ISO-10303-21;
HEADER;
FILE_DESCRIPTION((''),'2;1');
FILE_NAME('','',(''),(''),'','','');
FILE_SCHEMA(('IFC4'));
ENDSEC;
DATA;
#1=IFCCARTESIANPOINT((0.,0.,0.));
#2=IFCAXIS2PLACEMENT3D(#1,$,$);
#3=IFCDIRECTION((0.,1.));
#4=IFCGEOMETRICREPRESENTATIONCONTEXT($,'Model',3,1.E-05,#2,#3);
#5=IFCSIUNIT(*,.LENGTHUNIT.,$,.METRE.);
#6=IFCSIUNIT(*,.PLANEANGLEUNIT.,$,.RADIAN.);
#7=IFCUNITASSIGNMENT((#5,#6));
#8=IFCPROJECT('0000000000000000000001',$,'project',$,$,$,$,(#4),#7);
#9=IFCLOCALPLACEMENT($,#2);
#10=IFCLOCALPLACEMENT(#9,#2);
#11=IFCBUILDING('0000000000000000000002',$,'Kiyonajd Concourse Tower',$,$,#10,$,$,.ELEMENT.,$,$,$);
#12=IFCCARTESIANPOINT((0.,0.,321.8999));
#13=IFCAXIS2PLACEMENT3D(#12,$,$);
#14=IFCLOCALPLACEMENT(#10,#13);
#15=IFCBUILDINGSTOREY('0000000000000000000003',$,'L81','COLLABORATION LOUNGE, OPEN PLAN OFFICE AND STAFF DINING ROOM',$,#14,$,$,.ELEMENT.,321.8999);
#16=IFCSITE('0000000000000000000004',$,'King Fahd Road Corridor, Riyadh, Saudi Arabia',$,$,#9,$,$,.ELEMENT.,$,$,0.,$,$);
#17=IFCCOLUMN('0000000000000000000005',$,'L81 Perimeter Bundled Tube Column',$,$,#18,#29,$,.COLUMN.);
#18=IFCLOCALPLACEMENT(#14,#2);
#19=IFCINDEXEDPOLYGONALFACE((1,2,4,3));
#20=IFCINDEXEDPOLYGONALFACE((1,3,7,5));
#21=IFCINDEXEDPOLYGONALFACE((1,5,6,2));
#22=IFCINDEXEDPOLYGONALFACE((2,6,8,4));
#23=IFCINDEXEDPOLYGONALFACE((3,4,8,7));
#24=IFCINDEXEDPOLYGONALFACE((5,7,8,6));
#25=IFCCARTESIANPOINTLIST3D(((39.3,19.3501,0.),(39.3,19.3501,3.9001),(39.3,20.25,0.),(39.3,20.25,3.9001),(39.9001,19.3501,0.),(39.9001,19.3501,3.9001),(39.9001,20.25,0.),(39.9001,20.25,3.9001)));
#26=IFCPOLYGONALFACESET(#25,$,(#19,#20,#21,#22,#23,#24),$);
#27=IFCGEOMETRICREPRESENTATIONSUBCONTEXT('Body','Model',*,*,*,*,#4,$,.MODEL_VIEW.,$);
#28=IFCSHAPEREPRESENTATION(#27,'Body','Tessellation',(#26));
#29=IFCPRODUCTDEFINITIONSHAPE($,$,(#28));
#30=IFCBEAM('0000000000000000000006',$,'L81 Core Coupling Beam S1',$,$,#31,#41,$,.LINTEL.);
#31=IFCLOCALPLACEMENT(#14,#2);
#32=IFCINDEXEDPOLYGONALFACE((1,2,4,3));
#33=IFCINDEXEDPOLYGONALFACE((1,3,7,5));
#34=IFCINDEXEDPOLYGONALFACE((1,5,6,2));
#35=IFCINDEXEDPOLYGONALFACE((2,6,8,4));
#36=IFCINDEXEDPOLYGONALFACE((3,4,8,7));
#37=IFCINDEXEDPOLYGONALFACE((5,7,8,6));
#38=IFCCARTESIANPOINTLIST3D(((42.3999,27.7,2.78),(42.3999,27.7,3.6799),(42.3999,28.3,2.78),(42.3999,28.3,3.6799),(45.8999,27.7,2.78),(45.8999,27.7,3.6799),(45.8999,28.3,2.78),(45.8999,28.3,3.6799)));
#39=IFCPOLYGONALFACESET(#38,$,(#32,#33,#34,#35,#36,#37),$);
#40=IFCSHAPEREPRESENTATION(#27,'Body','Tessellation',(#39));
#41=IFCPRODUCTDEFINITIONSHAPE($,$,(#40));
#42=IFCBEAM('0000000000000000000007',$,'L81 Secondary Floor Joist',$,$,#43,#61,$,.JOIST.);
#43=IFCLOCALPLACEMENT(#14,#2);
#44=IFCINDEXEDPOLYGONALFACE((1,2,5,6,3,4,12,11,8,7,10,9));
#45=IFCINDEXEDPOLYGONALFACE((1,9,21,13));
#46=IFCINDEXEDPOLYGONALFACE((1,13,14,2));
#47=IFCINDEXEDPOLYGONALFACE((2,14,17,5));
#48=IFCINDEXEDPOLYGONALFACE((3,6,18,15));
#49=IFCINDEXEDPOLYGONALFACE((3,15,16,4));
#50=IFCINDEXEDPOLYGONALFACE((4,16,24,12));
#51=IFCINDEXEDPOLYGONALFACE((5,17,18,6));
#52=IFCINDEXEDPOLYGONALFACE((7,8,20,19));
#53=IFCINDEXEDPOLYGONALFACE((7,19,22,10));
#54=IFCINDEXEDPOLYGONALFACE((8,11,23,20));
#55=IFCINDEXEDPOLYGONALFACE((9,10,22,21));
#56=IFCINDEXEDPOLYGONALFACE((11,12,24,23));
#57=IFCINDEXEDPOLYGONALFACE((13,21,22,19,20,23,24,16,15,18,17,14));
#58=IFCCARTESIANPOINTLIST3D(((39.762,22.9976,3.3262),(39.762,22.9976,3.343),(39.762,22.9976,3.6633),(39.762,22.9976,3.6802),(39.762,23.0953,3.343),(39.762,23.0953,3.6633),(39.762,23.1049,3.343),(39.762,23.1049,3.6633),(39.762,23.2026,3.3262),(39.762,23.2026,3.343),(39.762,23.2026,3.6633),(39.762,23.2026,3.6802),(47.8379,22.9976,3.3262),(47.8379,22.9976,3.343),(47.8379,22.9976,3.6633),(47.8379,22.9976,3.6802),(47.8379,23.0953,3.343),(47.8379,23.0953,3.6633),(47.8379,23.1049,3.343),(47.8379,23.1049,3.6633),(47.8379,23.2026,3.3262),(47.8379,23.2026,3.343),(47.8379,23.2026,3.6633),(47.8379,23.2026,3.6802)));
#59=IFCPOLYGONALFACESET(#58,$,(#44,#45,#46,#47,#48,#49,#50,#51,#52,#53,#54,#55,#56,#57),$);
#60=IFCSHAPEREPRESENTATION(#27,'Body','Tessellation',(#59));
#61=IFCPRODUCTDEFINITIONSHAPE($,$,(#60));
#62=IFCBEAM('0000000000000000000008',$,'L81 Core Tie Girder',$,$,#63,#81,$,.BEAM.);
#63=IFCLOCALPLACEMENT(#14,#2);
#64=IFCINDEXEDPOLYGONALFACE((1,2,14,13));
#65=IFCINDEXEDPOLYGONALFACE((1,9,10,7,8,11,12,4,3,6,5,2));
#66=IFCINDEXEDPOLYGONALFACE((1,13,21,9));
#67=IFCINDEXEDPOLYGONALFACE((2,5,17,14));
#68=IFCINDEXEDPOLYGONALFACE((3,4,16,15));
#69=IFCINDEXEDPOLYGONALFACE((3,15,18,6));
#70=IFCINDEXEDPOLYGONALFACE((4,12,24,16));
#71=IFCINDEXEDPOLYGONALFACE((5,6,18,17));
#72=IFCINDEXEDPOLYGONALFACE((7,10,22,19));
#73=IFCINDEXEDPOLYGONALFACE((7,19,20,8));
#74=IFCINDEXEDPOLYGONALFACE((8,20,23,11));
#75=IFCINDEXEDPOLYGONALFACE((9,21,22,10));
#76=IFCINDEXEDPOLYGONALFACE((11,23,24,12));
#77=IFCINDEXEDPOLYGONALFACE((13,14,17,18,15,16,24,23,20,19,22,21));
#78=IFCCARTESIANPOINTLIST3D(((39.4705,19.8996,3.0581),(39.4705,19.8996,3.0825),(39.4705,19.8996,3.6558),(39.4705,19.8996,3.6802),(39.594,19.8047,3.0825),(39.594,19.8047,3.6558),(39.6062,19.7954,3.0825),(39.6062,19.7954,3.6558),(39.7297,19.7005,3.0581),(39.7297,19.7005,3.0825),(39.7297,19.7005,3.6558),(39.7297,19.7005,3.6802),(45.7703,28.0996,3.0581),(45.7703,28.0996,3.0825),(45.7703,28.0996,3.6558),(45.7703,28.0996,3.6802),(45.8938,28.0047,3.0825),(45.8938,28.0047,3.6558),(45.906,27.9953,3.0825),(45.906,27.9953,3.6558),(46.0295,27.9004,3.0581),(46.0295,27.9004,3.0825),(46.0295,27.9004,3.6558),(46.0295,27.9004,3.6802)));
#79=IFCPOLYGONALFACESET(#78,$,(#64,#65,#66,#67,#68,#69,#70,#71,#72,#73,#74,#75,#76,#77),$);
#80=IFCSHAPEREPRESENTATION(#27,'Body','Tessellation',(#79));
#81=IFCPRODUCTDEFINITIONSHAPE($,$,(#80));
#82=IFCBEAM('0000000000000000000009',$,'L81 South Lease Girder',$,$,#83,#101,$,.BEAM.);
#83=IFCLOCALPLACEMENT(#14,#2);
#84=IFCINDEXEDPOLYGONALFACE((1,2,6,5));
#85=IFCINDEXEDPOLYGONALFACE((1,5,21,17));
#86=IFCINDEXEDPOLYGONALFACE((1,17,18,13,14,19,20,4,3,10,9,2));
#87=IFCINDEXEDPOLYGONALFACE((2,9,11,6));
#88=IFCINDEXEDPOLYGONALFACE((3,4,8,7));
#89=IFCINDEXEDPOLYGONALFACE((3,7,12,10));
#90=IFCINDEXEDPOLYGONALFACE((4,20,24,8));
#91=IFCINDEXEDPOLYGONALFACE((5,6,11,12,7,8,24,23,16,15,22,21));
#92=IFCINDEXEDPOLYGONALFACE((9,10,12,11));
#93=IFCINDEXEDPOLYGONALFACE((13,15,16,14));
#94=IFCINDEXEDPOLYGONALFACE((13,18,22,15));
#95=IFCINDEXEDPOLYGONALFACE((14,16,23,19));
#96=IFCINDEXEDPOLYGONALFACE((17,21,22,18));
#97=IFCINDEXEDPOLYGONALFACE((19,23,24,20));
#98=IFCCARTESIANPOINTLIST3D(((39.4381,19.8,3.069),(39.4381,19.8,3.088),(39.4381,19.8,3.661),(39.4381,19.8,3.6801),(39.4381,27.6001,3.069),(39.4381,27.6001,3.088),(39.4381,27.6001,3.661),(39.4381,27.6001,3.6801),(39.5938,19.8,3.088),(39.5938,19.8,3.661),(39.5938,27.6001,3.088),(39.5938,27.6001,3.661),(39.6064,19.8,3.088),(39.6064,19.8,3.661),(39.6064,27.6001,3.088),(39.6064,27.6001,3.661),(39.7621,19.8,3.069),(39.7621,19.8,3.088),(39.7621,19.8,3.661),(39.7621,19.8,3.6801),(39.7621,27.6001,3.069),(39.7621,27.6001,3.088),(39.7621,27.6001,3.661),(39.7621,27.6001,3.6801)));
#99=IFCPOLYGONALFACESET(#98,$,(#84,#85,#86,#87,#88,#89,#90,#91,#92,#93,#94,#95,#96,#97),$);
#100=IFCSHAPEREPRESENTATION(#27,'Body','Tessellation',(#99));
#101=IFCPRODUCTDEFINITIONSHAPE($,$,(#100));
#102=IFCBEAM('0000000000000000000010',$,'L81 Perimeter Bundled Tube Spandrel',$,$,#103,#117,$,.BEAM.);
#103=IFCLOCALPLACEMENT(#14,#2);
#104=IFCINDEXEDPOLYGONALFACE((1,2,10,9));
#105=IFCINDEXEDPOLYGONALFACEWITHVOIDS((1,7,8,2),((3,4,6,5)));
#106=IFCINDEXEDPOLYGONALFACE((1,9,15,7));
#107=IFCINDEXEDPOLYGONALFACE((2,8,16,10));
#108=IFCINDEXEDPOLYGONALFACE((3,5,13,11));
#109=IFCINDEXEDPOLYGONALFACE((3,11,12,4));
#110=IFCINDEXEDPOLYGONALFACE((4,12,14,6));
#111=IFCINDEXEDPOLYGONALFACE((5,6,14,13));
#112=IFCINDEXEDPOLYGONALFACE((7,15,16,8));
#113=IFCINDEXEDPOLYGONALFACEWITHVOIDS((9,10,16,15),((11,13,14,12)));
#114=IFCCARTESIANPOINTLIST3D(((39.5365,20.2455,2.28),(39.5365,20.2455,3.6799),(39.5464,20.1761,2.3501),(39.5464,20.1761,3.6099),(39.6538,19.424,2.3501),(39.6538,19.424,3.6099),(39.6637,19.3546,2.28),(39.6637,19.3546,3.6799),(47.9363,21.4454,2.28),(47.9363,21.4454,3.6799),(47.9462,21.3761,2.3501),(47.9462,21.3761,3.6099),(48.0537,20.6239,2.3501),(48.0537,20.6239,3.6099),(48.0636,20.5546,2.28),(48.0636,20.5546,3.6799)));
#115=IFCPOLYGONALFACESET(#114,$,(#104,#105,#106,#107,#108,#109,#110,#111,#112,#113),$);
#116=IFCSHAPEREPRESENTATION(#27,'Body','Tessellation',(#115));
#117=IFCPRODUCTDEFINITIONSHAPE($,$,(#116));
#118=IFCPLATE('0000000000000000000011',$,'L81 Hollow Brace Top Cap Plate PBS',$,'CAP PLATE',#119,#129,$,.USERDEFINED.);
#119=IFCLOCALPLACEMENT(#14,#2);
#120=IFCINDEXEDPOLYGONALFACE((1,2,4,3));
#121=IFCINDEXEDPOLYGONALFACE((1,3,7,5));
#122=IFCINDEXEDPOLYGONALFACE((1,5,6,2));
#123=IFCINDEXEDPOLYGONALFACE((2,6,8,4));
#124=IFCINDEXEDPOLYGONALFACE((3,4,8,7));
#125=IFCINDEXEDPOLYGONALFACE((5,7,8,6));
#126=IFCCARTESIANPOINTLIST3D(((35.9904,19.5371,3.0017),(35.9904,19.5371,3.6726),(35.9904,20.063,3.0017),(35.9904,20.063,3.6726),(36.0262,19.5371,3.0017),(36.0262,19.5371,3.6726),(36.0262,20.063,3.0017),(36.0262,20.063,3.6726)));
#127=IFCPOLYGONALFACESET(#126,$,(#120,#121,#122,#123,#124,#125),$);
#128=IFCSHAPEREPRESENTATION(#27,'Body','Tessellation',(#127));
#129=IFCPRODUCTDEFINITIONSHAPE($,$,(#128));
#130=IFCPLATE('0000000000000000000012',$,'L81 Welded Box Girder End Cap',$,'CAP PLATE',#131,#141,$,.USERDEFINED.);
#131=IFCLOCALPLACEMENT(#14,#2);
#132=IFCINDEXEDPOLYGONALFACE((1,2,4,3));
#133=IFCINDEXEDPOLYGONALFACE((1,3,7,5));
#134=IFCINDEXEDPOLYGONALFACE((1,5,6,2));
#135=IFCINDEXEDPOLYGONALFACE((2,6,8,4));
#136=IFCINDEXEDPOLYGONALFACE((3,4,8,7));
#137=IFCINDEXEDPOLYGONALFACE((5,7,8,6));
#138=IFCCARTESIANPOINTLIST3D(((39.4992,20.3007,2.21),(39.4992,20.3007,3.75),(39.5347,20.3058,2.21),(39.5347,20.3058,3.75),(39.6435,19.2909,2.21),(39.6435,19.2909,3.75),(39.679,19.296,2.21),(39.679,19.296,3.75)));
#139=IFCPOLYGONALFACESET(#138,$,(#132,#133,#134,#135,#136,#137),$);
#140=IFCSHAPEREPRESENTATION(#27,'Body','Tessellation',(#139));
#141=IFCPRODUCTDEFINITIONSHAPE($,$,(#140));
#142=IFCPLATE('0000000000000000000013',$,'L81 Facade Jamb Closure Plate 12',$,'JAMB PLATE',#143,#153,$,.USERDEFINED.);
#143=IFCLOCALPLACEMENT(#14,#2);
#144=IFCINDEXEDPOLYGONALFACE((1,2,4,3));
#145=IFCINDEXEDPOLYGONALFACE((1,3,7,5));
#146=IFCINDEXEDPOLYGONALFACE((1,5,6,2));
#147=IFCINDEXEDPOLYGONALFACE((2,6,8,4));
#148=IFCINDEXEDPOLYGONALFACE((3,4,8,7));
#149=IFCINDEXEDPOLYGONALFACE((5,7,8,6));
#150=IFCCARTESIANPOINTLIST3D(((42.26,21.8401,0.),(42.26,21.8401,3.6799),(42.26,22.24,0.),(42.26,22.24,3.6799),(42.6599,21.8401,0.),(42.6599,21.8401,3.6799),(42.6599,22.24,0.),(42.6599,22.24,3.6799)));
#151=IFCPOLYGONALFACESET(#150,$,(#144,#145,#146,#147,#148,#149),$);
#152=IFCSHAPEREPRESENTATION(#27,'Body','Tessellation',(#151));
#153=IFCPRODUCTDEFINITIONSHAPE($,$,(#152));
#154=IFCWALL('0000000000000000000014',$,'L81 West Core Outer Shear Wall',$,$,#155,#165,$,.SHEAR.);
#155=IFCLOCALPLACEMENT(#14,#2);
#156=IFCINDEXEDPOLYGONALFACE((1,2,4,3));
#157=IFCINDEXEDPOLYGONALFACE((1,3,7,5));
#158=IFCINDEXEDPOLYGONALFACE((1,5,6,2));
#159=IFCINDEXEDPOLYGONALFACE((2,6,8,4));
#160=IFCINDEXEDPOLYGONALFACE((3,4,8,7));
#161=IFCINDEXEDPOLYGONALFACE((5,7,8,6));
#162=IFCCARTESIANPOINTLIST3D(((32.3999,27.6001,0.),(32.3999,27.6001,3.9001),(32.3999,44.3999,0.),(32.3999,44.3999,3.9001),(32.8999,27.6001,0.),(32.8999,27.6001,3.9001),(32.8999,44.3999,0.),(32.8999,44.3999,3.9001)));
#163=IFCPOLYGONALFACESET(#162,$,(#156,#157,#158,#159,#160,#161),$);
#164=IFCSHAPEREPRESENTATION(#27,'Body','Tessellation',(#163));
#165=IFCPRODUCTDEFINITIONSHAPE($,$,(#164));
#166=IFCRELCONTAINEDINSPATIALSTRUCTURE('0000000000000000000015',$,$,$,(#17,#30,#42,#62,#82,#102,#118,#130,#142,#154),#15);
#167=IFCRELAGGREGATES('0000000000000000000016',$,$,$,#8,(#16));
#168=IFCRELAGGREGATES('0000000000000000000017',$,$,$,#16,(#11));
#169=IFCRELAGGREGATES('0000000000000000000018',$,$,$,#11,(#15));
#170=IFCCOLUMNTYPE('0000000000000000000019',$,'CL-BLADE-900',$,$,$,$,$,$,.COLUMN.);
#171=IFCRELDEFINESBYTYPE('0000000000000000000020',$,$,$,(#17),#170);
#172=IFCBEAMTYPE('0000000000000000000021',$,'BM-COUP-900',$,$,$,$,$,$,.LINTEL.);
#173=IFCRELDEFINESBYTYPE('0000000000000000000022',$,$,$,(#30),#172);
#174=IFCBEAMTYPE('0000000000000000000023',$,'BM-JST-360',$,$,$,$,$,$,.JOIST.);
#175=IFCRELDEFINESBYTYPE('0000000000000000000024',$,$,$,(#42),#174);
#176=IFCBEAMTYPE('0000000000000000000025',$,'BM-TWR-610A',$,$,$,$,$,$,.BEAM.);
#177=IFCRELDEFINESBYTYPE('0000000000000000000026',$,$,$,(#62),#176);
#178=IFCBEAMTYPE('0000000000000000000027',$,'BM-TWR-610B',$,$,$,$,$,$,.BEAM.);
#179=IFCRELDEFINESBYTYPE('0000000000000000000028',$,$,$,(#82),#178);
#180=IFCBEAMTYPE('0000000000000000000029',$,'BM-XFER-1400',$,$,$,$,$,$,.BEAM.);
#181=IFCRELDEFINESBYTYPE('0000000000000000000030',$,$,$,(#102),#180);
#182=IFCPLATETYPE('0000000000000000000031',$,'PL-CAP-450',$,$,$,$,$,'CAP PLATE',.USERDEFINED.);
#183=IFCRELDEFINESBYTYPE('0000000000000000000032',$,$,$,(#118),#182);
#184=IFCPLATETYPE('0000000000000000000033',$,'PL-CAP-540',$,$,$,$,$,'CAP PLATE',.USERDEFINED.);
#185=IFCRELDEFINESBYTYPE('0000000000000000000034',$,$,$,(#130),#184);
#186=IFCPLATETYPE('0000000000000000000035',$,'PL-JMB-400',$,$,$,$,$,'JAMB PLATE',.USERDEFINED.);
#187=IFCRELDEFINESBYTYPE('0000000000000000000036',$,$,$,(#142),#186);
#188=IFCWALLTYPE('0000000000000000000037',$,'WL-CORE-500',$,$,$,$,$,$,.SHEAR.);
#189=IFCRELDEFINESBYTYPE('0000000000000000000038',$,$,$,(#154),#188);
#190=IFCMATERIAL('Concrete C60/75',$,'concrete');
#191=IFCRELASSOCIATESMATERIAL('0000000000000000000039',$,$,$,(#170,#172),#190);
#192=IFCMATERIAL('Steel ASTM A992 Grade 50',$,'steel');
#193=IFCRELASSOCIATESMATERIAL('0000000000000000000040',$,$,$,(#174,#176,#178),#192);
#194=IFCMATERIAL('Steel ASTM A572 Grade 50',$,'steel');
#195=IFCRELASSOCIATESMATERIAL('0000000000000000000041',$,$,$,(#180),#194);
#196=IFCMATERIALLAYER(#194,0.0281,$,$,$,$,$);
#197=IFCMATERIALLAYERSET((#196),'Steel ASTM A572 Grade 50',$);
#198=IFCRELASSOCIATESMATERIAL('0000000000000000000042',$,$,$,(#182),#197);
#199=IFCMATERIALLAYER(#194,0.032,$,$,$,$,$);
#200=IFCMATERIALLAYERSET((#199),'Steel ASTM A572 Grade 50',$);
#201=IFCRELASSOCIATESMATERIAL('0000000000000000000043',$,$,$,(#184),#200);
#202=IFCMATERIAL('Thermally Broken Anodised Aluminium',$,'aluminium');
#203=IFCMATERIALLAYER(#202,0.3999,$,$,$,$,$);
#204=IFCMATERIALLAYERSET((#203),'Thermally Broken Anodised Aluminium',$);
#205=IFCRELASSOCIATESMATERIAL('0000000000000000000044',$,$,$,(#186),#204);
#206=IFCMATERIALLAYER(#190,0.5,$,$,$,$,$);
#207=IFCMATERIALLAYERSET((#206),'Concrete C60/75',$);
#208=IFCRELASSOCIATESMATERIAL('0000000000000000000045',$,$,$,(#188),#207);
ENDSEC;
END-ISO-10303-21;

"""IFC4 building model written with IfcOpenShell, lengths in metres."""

from ifc_helpers import new_model, si_unit, direction, frame, frame_2d, origin, origin_2d, place, context, subcontext, project, spatial, rectangle, hollow_rectangle, i_section, extrude, material, layer, layer_set, material_profile, profile_set, type_object, element, save


model = new_model("IFC4")

# Units and contexts
model_context = context("Model", 3, precision=1e-05, world=origin(), true_north=direction((0.0, 1.0)))
body_context = subcontext(model_context, "Body", "Model", "MODEL_VIEW")
ifc_project = project(units=[si_unit("LENGTHUNIT", "METRE"), si_unit("PLANEANGLEUNIT", "RADIAN")], contexts=[model_context])

# Site, building, storey
site_placement = place(None, origin())
site = spatial("IfcSite", under=ifc_project, at=site_placement, Name="King Fahd Road Corridor, Riyadh, Saudi Arabia", CompositionType="ELEMENT", RefElevation=0.0)
building_placement = place(site_placement, origin())
building = spatial("IfcBuilding", under=site, at=building_placement, Name="Kiyonajd Concourse Tower", CompositionType="ELEMENT")
storey_placement = place(building_placement, frame((0.0, 0.0, 321.8999)))
storey = spatial("IfcBuildingStorey", under=building, at=storey_placement, Name="L81", Description="COLLABORATION LOUNGE, OPEN PLAN OFFICE AND STAFF DINING ROOM", CompositionType="ELEMENT", Elevation=321.8999)

# Column
ifc_material_1 = material(Name="Concrete C60/75", Category="concrete")
ifc_material_profile_1 = material_profile(ifc_material_1, rectangle(XDim=0.6001, YDim=0.8999, at=origin_2d()), Name="RC-900x600")
ifc_profile_set_1 = profile_set([ifc_material_profile_1], Name="Concrete C60/75")
column_type = type_object("IfcColumnType", Name="CL-BLADE-900", PredefinedType="COLUMN", material=ifc_profile_set_1)
column_placement = place(storey_placement, frame((39.6001, 19.8, 0.0), z_axis=(0.0, 0.0, 1.0), x_axis=(1.0, 0.0, 0.0)))
element("IfcColumn", 1, at=column_placement, inside=storey, type_object=column_type, Name="L81 Perimeter Bundled Tube Column", PredefinedType="COLUMN", context=body_context, shape_type="SweptSolid", body=[
    extrude(rectangle(XDim=0.6001, YDim=0.8999, at=origin_2d()), origin(), (0.0, 0.0, 1.0), 3.9001),
])

# Beams
ifc_material_profile_2 = material_profile(ifc_material_1, rectangle(XDim=0.6001, YDim=0.8999, at=origin_2d()), Name="RCBM-600x900")
ifc_profile_set_2 = profile_set([ifc_material_profile_2], Name="Concrete C60/75")
beam_type_1 = type_object("IfcBeamType", Name="BM-COUP-900", PredefinedType="LINTEL", material=ifc_profile_set_2)
beam_1_placement = place(storey_placement, frame((42.3999, 28.0, 3.23), z_axis=(1.0, 0.0, 0.0), x_axis=(0.0, 1.0, 0.0)))
element("IfcBeam", 2, at=beam_1_placement, inside=storey, type_object=beam_type_1, Name="L81 Core Coupling Beam S1", PredefinedType="LINTEL", context=body_context, shape_type="SweptSolid", body=[
    extrude(rectangle(XDim=0.6001, YDim=0.8999, at=origin_2d()), origin(), (0.0, 0.0, 1.0), 3.5),
])
ifc_material_2 = material(Name="Steel ASTM A992 Grade 50", Category="steel")
ifc_material_profile_3 = material_profile(ifc_material_2, i_section(OverallWidth=0.2051, OverallDepth=0.354, WebThickness=0.0095, FlangeThickness=0.0168, at=origin_2d()), Name="W360X79")
ifc_profile_set_3 = profile_set([ifc_material_profile_3], Name="Steel ASTM A992 Grade 50")
beam_type_2 = type_object("IfcBeamType", Name="BM-JST-360", PredefinedType="JOIST", material=ifc_profile_set_3)
beam_2_placement = place(storey_placement, frame((39.762, 23.1001, 3.5032), z_axis=(1.0, 0.0, 0.0), x_axis=(0.0, 1.0, 0.0)))
element("IfcBeam", 3, at=beam_2_placement, inside=storey, type_object=beam_type_2, Name="L81 Secondary Floor Joist", PredefinedType="JOIST", context=body_context, shape_type="SweptSolid", body=[
    extrude(i_section(OverallWidth=0.2051, OverallDepth=0.354, WebThickness=0.0095, FlangeThickness=0.0168, at=origin_2d()), origin(), (0.0, 0.0, 1.0), 8.0759),
])
ifc_material_profile_4 = material_profile(ifc_material_2, i_section(OverallWidth=0.3269, OverallDepth=0.6221, WebThickness=0.0154, FlangeThickness=0.0244, at=origin_2d()), Name="W610X195")
ifc_profile_set_4 = profile_set([ifc_material_profile_4], Name="Steel ASTM A992 Grade 50")
beam_type_3 = type_object("IfcBeamType", Name="BM-TWR-610A", PredefinedType="BEAM", material=ifc_profile_set_4)
beam_3_placement = place(storey_placement, frame((39.6001, 19.8, 3.3691), z_axis=(0.609234, 0.792991, 0.0), x_axis=(-0.792991, 0.609234, 0.0)))
element("IfcBeam", 4, at=beam_3_placement, inside=storey, type_object=beam_type_3, Name="L81 Core Tie Girder", PredefinedType="BEAM", context=body_context, shape_type="SweptSolid", body=[
    extrude(i_section(OverallWidth=0.3269, OverallDepth=0.6221, WebThickness=0.0154, FlangeThickness=0.0244, at=origin_2d()), origin(), (0.0, 0.0, 1.0), 10.3406),
])
ifc_material_profile_5 = material_profile(ifc_material_2, i_section(OverallWidth=0.324, OverallDepth=0.6111, WebThickness=0.0127, FlangeThickness=0.019, at=origin_2d()), Name="W610X155")
ifc_profile_set_5 = profile_set([ifc_material_profile_5], Name="Steel ASTM A992 Grade 50")
beam_type_4 = type_object("IfcBeamType", Name="BM-TWR-610B", PredefinedType="BEAM", material=ifc_profile_set_5)
beam_4_placement = place(storey_placement, frame((39.6001, 19.8, 3.3745), z_axis=(0.0, 1.0, 0.0), x_axis=(-1.0, 0.0, 0.0)))
element("IfcBeam", 5, at=beam_4_placement, inside=storey, type_object=beam_type_4, Name="L81 South Lease Girder", PredefinedType="BEAM", context=body_context, shape_type="SweptSolid", body=[
    extrude(i_section(OverallWidth=0.324, OverallDepth=0.6111, WebThickness=0.0127, FlangeThickness=0.019, at=origin_2d()), origin(), (0.0, 0.0, 1.0), 7.8),
])
ifc_material_3 = material(Name="Steel ASTM A572 Grade 50", Category="steel")
ifc_material_profile_6 = material_profile(ifc_material_3, hollow_rectangle(XDim=0.8999, YDim=1.3999, WallThickness=0.0701, at=origin_2d()), Name="BOX-1400x900x70")
ifc_profile_set_6 = profile_set([ifc_material_profile_6], Name="Steel ASTM A572 Grade 50")
beam_type_5 = type_object("IfcBeamType", Name="BM-XFER-1400", PredefinedType="BEAM", material=ifc_profile_set_6)
beam_5_placement = place(storey_placement, frame((39.6001, 19.8, 2.98), z_axis=(0.98995, 0.141417, 0.0), x_axis=(-0.141417, 0.98995, 0.0)))
element("IfcBeam", 6, at=beam_5_placement, inside=storey, type_object=beam_type_5, Name="L81 Perimeter Bundled Tube Spandrel", PredefinedType="BEAM", context=body_context, shape_type="SweptSolid", body=[
    extrude(hollow_rectangle(XDim=0.8999, YDim=1.3999, WallThickness=0.0701, at=origin_2d()), origin(), (0.0, 0.0, 1.0), 8.4851),
])

# Plates
ifc_layer_1 = layer(ifc_material_3, 0.0281)
ifc_layer_set_1 = layer_set([ifc_layer_1], Name="Steel ASTM A572 Grade 50")
plate_type_1 = type_object("IfcPlateType", Name="PL-CAP-450", ElementType="CAP PLATE", PredefinedType="USERDEFINED", material=ifc_layer_set_1)
plate_1_placement = place(storey_placement, frame((36.0083, 19.8, 3.0017), z_axis=(0.0, 0.0, 1.0), x_axis=(1.0, 0.0, 0.0)))
element("IfcPlate", 7, at=plate_1_placement, inside=storey, type_object=plate_type_1, Name="L81 Hollow Brace Top Cap Plate PBS", ObjectType="CAP PLATE", PredefinedType="USERDEFINED", context=body_context, shape_type="SweptSolid", body=[
    extrude(rectangle(XDim=0.0359, YDim=0.5259, at=origin_2d()), origin(), (0.0, 0.0, 1.0), 0.6709),
])
ifc_layer_2 = layer(ifc_material_3, 0.032)
ifc_layer_set_2 = layer_set([ifc_layer_2], Name="Steel ASTM A572 Grade 50")
plate_type_2 = type_object("IfcPlateType", Name="PL-CAP-540", ElementType="CAP PLATE", PredefinedType="USERDEFINED", material=ifc_layer_set_2)
plate_2_placement = place(storey_placement, frame((39.5891, 19.7983, 2.21), z_axis=(0.0, 0.0, 1.0), x_axis=(-0.98995, -0.14142, 0.0)))
element("IfcPlate", 8, at=plate_2_placement, inside=storey, type_object=plate_type_2, Name="L81 Welded Box Girder End Cap", ObjectType="CAP PLATE", PredefinedType="USERDEFINED", context=body_context, shape_type="SweptSolid", body=[
    extrude(rectangle(XDim=0.0359, YDim=1.02, at=origin_2d()), origin(), (0.0, 0.0, 1.0), 1.54),
])
ifc_material_4 = material(Name="Thermally Broken Anodised Aluminium", Category="aluminium")
ifc_layer_3 = layer(ifc_material_4, 0.3999)
ifc_layer_set_3 = layer_set([ifc_layer_3], Name="Thermally Broken Anodised Aluminium")
plate_type_3 = type_object("IfcPlateType", Name="PL-JMB-400", ElementType="JAMB PLATE", PredefinedType="USERDEFINED", material=ifc_layer_set_3)
plate_3_placement = place(storey_placement, frame((42.46, 22.04, 0.0), z_axis=(0.0, 0.0, 1.0), x_axis=(1.0, 0.0, 0.0)))
element("IfcPlate", 9, at=plate_3_placement, inside=storey, type_object=plate_type_3, Name="L81 Facade Jamb Closure Plate 12", ObjectType="JAMB PLATE", PredefinedType="USERDEFINED", context=body_context, shape_type="SweptSolid", body=[
    extrude(rectangle(XDim=0.3999, YDim=0.3999, at=origin_2d()), origin(), (0.0, 0.0, 1.0), 3.6799),
])

# Wall
ifc_layer_4 = layer(ifc_material_1, 0.5)
ifc_layer_set_4 = layer_set([ifc_layer_4], Name="Concrete C60/75")
wall_type_1 = type_object("IfcWallType", Name="WL-CORE-500", PredefinedType="SHEAR", material=ifc_layer_set_4)
wall_1_placement = place(storey_placement, frame((32.6499, 27.6001, 0.0), z_axis=(0.0, 0.0, 1.0), x_axis=(0.0, 1.0, 0.0)))
element("IfcWall", 10, at=wall_1_placement, inside=storey, type_object=wall_type_1, Name="L81 West Core Outer Shear Wall", PredefinedType="SHEAR", context=body_context, shape_type="SweptSolid", body=[
    extrude(rectangle(XDim=16.7998, YDim=0.5, at=frame_2d((8.3999, 0.0))), origin(), (0.0, 0.0, 1.0), 3.9001),
])

save(model, "model.ifc")
